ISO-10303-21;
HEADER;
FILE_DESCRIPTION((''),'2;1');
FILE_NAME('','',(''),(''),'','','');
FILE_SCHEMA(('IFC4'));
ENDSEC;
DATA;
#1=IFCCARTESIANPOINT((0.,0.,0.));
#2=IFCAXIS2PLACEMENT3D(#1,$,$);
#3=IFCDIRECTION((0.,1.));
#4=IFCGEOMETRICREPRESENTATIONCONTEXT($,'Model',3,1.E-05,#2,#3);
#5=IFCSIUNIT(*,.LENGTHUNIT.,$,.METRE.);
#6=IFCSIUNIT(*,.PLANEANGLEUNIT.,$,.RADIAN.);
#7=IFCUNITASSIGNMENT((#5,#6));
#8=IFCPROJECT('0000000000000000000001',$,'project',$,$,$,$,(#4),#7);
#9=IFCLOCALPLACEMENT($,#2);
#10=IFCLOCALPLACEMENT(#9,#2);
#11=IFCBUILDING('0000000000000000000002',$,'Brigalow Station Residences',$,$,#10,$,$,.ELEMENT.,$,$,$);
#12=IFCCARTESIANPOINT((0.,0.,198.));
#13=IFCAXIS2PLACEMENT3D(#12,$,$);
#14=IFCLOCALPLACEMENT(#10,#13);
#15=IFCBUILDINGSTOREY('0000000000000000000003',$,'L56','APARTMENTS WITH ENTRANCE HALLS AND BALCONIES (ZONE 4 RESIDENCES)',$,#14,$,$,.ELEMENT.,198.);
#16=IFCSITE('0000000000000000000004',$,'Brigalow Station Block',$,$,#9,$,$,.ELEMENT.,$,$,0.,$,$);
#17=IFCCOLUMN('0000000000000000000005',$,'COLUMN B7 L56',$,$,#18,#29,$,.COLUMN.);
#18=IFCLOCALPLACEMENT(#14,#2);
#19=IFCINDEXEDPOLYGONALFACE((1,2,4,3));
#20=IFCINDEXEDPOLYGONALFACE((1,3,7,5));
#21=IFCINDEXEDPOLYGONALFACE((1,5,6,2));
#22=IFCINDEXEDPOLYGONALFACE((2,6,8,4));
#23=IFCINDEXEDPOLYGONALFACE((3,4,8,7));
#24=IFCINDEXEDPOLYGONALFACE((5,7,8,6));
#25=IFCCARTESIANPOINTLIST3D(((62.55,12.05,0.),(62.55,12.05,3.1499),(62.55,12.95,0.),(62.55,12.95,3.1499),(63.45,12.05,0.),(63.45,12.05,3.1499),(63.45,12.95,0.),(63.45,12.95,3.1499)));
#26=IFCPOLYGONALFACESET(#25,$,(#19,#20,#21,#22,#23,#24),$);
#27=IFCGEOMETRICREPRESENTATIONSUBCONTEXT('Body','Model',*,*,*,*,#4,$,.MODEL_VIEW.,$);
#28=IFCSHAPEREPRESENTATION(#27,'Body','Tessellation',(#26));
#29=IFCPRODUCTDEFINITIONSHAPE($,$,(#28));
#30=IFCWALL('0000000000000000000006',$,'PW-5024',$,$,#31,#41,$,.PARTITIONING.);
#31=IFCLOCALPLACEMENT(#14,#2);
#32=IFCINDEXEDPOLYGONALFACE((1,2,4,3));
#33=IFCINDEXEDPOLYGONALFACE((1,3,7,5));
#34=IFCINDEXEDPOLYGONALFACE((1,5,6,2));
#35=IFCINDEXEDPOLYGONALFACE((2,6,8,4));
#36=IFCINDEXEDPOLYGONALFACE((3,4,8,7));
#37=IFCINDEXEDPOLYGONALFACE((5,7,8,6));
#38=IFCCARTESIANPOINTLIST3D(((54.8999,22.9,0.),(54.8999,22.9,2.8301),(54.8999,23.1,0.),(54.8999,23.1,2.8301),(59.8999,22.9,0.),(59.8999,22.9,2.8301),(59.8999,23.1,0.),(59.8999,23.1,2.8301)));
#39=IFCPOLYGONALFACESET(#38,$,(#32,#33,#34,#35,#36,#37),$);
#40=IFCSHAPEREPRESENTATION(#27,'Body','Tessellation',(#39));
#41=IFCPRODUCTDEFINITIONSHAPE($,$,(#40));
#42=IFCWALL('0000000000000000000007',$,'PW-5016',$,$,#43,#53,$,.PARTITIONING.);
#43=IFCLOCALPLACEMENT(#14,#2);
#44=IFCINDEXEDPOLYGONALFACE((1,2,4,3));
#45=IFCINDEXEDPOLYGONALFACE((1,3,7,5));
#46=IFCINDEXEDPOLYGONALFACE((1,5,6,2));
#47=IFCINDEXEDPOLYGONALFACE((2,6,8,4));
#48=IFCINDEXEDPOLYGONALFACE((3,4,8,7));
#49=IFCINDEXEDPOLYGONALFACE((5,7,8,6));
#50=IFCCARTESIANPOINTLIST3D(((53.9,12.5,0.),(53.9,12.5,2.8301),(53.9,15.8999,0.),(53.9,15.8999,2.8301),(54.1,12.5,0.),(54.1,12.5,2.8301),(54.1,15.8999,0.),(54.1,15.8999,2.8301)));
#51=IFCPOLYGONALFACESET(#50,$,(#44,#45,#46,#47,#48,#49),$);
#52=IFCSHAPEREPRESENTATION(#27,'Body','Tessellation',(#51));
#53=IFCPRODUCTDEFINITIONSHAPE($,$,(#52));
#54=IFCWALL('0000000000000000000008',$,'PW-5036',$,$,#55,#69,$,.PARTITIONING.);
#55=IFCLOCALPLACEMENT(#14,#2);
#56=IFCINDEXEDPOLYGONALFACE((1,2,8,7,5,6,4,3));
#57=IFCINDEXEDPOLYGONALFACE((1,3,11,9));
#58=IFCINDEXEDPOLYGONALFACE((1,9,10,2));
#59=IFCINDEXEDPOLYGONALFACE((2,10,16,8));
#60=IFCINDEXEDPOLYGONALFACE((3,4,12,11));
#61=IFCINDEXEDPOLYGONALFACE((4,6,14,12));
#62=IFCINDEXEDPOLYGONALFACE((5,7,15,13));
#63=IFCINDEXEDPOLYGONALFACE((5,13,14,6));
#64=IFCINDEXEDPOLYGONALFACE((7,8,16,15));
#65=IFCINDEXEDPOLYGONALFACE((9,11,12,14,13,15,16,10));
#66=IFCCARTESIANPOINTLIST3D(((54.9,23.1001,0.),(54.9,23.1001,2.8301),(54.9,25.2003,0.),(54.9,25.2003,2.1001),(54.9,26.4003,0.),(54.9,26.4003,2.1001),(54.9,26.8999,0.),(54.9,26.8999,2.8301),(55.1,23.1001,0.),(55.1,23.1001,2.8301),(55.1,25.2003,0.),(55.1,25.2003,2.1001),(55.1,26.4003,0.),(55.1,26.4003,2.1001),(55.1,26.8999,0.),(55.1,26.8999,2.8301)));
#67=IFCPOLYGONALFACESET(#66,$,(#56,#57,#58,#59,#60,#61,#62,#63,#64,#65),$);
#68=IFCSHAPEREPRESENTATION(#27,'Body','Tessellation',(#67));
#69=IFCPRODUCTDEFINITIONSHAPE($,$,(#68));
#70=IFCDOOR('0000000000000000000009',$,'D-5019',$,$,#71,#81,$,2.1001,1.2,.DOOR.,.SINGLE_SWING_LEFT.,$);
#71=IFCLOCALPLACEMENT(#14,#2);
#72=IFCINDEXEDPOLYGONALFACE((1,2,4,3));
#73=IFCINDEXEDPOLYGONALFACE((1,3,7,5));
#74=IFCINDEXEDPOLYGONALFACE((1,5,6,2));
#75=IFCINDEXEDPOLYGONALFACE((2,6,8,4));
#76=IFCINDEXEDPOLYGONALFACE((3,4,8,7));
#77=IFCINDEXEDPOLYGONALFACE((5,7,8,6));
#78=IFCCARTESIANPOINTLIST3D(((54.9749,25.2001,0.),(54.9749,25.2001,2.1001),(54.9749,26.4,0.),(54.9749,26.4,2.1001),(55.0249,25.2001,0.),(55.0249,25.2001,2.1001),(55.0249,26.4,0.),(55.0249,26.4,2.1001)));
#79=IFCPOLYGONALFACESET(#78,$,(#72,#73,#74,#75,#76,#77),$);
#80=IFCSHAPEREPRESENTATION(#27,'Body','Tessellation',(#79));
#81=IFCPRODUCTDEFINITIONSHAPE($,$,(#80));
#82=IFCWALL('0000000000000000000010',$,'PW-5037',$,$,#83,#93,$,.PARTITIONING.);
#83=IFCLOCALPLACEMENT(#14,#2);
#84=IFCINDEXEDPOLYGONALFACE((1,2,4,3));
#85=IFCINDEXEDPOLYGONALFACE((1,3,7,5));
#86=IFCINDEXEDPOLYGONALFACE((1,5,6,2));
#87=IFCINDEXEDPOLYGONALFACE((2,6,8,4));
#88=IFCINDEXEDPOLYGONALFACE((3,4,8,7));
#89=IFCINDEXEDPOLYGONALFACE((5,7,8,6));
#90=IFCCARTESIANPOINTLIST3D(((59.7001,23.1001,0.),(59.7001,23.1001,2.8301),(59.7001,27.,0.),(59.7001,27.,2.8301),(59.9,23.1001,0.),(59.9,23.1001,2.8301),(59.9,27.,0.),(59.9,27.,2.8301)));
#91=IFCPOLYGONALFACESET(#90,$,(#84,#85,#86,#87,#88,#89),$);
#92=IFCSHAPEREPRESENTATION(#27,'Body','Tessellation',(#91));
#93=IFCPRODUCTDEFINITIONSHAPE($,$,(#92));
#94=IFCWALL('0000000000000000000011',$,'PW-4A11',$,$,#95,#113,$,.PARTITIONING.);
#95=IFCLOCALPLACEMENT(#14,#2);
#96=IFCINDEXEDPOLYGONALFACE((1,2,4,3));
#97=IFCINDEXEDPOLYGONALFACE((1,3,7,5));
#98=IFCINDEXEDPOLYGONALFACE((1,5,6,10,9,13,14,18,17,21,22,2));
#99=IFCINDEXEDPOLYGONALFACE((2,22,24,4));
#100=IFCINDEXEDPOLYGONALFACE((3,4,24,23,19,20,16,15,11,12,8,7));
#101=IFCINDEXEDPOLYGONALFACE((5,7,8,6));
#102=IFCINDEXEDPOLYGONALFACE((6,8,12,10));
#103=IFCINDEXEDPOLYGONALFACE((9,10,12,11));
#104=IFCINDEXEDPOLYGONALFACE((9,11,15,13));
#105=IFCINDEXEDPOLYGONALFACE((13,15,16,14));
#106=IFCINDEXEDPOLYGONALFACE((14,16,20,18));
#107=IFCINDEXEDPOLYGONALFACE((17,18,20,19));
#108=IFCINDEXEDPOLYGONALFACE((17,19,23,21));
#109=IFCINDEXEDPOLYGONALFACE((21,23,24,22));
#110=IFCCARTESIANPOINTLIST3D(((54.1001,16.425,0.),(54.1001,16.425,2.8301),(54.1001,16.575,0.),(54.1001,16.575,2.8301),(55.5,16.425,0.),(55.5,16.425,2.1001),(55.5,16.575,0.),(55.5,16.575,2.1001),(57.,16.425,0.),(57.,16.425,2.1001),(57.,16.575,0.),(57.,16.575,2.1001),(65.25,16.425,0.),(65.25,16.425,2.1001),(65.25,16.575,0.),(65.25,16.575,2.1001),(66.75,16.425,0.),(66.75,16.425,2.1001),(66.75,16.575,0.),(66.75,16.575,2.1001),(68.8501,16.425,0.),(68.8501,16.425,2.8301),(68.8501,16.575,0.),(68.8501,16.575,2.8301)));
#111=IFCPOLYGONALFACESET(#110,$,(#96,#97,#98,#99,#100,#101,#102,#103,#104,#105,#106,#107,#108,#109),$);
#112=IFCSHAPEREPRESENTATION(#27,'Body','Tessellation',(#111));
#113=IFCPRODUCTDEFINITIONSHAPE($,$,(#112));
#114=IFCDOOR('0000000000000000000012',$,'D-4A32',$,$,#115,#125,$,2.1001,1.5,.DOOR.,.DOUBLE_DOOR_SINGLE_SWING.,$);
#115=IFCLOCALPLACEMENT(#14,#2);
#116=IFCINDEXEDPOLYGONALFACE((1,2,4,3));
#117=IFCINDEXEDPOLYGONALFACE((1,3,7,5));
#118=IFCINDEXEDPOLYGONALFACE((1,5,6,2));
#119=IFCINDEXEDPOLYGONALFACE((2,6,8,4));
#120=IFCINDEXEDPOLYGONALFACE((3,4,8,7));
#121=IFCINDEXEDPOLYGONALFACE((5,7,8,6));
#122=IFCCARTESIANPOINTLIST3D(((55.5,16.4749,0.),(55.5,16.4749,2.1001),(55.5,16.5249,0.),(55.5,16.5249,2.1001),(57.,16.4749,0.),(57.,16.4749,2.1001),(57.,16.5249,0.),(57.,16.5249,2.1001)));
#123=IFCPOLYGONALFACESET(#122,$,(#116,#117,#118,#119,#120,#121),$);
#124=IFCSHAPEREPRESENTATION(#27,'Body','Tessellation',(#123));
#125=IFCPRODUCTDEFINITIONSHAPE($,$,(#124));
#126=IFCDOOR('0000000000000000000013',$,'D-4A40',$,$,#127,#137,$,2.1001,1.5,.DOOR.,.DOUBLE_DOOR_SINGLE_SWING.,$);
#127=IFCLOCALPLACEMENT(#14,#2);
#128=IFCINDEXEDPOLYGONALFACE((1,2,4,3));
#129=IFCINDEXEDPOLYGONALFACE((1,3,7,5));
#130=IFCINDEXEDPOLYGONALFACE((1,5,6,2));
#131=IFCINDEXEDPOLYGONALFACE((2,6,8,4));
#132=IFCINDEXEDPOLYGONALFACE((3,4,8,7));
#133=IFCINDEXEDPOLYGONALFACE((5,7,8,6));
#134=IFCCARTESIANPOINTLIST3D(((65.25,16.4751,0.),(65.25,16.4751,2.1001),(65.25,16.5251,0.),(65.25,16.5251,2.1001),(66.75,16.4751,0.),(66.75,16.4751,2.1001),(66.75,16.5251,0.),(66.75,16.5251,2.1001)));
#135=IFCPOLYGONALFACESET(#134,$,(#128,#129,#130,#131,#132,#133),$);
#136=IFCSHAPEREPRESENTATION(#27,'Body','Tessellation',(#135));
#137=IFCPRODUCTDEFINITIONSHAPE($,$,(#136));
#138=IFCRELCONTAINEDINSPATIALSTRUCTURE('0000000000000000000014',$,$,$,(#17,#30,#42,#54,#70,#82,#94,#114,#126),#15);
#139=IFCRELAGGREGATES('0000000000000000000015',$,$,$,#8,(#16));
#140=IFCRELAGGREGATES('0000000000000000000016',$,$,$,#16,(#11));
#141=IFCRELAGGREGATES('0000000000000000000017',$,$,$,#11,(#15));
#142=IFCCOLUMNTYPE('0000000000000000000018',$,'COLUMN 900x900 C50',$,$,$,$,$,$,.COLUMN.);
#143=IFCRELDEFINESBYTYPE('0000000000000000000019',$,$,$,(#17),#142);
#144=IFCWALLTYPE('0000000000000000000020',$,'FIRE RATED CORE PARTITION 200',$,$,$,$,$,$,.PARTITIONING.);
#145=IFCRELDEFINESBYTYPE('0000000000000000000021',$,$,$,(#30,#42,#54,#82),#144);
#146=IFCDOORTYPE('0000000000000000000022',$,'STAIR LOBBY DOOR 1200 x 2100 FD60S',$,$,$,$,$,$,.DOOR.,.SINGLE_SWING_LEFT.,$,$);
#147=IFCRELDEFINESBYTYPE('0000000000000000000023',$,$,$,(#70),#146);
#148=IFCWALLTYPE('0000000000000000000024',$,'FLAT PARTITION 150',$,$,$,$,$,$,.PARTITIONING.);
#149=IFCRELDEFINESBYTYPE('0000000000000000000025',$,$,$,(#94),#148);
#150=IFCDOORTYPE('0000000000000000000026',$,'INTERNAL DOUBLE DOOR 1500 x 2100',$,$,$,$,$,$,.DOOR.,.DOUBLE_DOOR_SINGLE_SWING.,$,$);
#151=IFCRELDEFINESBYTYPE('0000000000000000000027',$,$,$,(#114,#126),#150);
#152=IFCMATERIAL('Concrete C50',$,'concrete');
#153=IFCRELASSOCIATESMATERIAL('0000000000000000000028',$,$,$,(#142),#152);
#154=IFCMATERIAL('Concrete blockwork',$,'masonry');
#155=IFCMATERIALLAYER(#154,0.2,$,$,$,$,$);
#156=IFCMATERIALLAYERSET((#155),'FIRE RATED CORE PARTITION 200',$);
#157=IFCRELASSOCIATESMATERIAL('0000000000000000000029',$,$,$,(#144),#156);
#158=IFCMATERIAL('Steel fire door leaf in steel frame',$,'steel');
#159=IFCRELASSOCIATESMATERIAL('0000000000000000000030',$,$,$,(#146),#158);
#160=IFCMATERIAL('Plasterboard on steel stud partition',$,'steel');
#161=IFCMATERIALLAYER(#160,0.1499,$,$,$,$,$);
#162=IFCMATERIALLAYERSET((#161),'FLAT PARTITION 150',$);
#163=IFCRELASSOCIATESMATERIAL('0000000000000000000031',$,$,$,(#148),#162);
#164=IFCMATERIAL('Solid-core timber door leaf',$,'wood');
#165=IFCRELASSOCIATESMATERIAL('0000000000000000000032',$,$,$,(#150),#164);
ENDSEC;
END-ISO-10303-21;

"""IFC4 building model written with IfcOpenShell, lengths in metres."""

from ifc_helpers import new_model, si_unit, direction, frame, frame_2d, origin, origin_2d, place, context, subcontext, project, spatial, rectangle, extrude, material, layer, layer_set, material_profile, profile_set, type_object, element, fill, save


model = new_model("IFC4")

# Units and contexts
model_context = context("Model", 3, precision=1e-05, world=origin(), true_north=direction((0.0, 1.0)))
body_context = subcontext(model_context, "Body", "Model", "MODEL_VIEW")
ifc_project = project(units=[si_unit("LENGTHUNIT", "METRE"), si_unit("PLANEANGLEUNIT", "RADIAN")], contexts=[model_context])

# Site, building, storey
site_placement = place(None, origin())
site = spatial("IfcSite", under=ifc_project, at=site_placement, Name="Brigalow Station Block", CompositionType="ELEMENT", RefElevation=0.0)
building_placement = place(site_placement, origin())
building = spatial("IfcBuilding", under=site, at=building_placement, Name="Brigalow Station Residences", CompositionType="ELEMENT")
storey_placement = place(building_placement, frame((0.0, 0.0, 198.0)))
storey = spatial("IfcBuildingStorey", under=building, at=storey_placement, Name="L56", Description="APARTMENTS WITH ENTRANCE HALLS AND BALCONIES (ZONE 4 RESIDENCES)", CompositionType="ELEMENT", Elevation=198.0)

# Column
ifc_material_1 = material(Name="Concrete C50", Category="concrete")
ifc_material_profile = material_profile(ifc_material_1, rectangle(XDim=0.8999, YDim=0.8999, at=origin_2d()), Name="RC900x900")
ifc_profile_set = profile_set([ifc_material_profile], Name="Concrete C50")
column_type = type_object("IfcColumnType", Name="COLUMN 900x900 C50", PredefinedType="COLUMN", material=ifc_profile_set)
column_placement = place(storey_placement, frame((63.0, 12.5, 0.0), z_axis=(0.0, 0.0, 1.0), x_axis=(1.0, 0.0, 0.0)))
element("IfcColumn", 1, at=column_placement, inside=storey, type_object=column_type, Name="COLUMN B7 L56", PredefinedType="COLUMN", context=body_context, shape_type="SweptSolid", body=[
    extrude(rectangle(XDim=0.8999, YDim=0.8999, at=origin_2d()), origin(), (0.0, 0.0, 1.0), 3.1499),
])

# Walls
ifc_material_2 = material(Name="Concrete blockwork", Category="masonry")
ifc_layer_1 = layer(ifc_material_2, 0.2)
ifc_layer_set_1 = layer_set([ifc_layer_1], Name="FIRE RATED CORE PARTITION 200")
wall_type_1 = type_object("IfcWallType", Name="FIRE RATED CORE PARTITION 200", PredefinedType="PARTITIONING", material=ifc_layer_set_1)
wall_1_placement = place(storey_placement, frame((54.8999, 23.0, 0.0), z_axis=(0.0, 0.0, 1.0), x_axis=(1.0, 0.0, 0.0)))
element("IfcWall", 2, at=wall_1_placement, inside=storey, type_object=wall_type_1, Name="PW-5024", PredefinedType="PARTITIONING", context=body_context, shape_type="SweptSolid", body=[
    extrude(rectangle(XDim=5.0, YDim=0.2, at=frame_2d((2.5, 0.0))), origin(), (0.0, 0.0, 1.0), 2.8301),
])
wall_2_placement = place(storey_placement, frame((54.0, 12.5, 0.0), z_axis=(0.0, 0.0, 1.0), x_axis=(0.0, 1.0, 0.0)))
element("IfcWall", 3, at=wall_2_placement, inside=storey, type_object=wall_type_1, Name="PW-5016", PredefinedType="PARTITIONING", context=body_context, shape_type="SweptSolid", body=[
    extrude(rectangle(XDim=3.3999, YDim=0.2, at=frame_2d((1.7, 0.0))), origin(), (0.0, 0.0, 1.0), 2.8301),
])

# Wall, opening, door
wall_3_placement = place(storey_placement, frame((55.0, 23.1001, 0.0), z_axis=(0.0, 0.0, 1.0), x_axis=(0.0, 1.0, 0.0)))
wall_3 = element("IfcWall", 4, at=wall_3_placement, inside=storey, type_object=wall_type_1, Name="PW-5036", PredefinedType="PARTITIONING", context=body_context, shape_type="SweptSolid", body=[
    extrude(rectangle(XDim=3.7998, YDim=0.2, at=frame_2d((1.8999, 0.0))), origin(), (0.0, 0.0, 1.0), 2.8301),
])
opening_1_placement = place(wall_3_placement, frame((2.1001, 0.0, 0.0)))
opening_1 = element("IfcOpeningElement", 5, at=opening_1_placement, cuts=wall_3, PredefinedType="OPENING", context=body_context, shape_type="SweptSolid", body=[
    extrude(rectangle(XDim=1.2, YDim=2.1001, at=frame_2d((0.6001, 1.05))), frame((0.0, 0.1099, 0.0), z_axis=(0.0, -1.0, 0.0), x_axis=(1.0, 0.0, 0.0)), (0.0, 0.0, 1.0), 0.22),
])
ifc_material_3 = material(Name="Steel fire door leaf in steel frame", Category="steel")
door_type_1 = type_object("IfcDoorType", Name="STAIR LOBBY DOOR 1200 x 2100 FD60S", OperationType="SINGLE_SWING_LEFT", PredefinedType="DOOR", material=ifc_material_3)
door_1_placement = place(opening_1_placement, frame((1.2, 0.0, 0.0), z_axis=(0.0, 0.0, 1.0), x_axis=(-1.0, 0.0, 0.0)))
door_1 = element("IfcDoor", 6, at=door_1_placement, inside=storey, type_object=door_type_1, Name="D-5019", OperationType="SINGLE_SWING_LEFT", OverallHeight=2.1001, OverallWidth=1.2, PredefinedType="DOOR", context=body_context, shape_type="SweptSolid", body=[
    extrude(rectangle(XDim=1.2, YDim=2.1001, at=frame_2d((0.6001, 1.05))), frame((0.0, 0.0249, 0.0), z_axis=(0.0, -1.0, 0.0), x_axis=(1.0, 0.0, 0.0)), (0.0, 0.0, 1.0), 0.05),
])
fill(opening_1, door_1)

# Wall
wall_4_placement = place(storey_placement, frame((59.8, 23.1001, 0.0), z_axis=(0.0, 0.0, 1.0), x_axis=(0.0, 1.0, 0.0)))
element("IfcWall", 7, at=wall_4_placement, inside=storey, type_object=wall_type_1, Name="PW-5037", PredefinedType="PARTITIONING", context=body_context, shape_type="SweptSolid", body=[
    extrude(rectangle(XDim=3.8999, YDim=0.2, at=frame_2d((1.95, 0.0))), origin(), (0.0, 0.0, 1.0), 2.8301),
])

# Wall, openings, doors
ifc_material_4 = material(Name="Plasterboard on steel stud partition", Category="steel")
ifc_layer_2 = layer(ifc_material_4, 0.1499)
ifc_layer_set_2 = layer_set([ifc_layer_2], Name="FLAT PARTITION 150")
wall_type_2 = type_object("IfcWallType", Name="FLAT PARTITION 150", PredefinedType="PARTITIONING", material=ifc_layer_set_2)
wall_5_placement = place(storey_placement, frame((54.1001, 16.5, 0.0), z_axis=(0.0, 0.0, 1.0), x_axis=(1.0, 0.0, 0.0)))
wall_5 = element("IfcWall", 8, at=wall_5_placement, inside=storey, type_object=wall_type_2, Name="PW-4A11", PredefinedType="PARTITIONING", context=body_context, shape_type="SweptSolid", body=[
    extrude(rectangle(XDim=14.75, YDim=0.1499, at=frame_2d((7.375, 0.0))), origin(), (0.0, 0.0, 1.0), 2.8301),
])
opening_2_placement = place(wall_5_placement, frame((1.3999, 0.0, 0.0)))
opening_2 = element("IfcOpeningElement", 9, at=opening_2_placement, cuts=wall_5, PredefinedType="OPENING", context=body_context, shape_type="SweptSolid", body=[
    extrude(rectangle(XDim=1.5, YDim=2.1001, at=frame_2d((0.75, 1.05))), frame((0.0, 0.085, 0.0), z_axis=(0.0, -1.0, 0.0), x_axis=(1.0, 0.0, 0.0)), (0.0, 0.0, 1.0), 0.1699),
])
opening_3_placement = place(wall_5_placement, frame((11.1499, 0.0, 0.0)))
opening_3 = element("IfcOpeningElement", 10, at=opening_3_placement, cuts=wall_5, PredefinedType="OPENING", context=body_context, shape_type="SweptSolid", body=[
    extrude(rectangle(XDim=1.5, YDim=2.1001, at=frame_2d((0.75, 1.05))), frame((0.0, 0.085, 0.0), z_axis=(0.0, -1.0, 0.0), x_axis=(1.0, 0.0, 0.0)), (0.0, 0.0, 1.0), 0.1699),
])
ifc_material_5 = material(Name="Solid-core timber door leaf", Category="wood")
door_type_2 = type_object("IfcDoorType", Name="INTERNAL DOUBLE DOOR 1500 x 2100", OperationType="DOUBLE_DOOR_SINGLE_SWING", PredefinedType="DOOR", material=ifc_material_5)
door_2_placement = place(opening_2_placement, origin())
door_2 = element("IfcDoor", 11, at=door_2_placement, inside=storey, type_object=door_type_2, Name="D-4A32", OperationType="DOUBLE_DOOR_SINGLE_SWING", OverallHeight=2.1001, OverallWidth=1.5, PredefinedType="DOOR", context=body_context, shape_type="SweptSolid", body=[
    extrude(rectangle(XDim=1.5, YDim=2.1001, at=frame_2d((0.75, 1.05))), frame((0.0, 0.0249, 0.0), z_axis=(0.0, -1.0, 0.0), x_axis=(1.0, 0.0, 0.0)), (0.0, 0.0, 1.0), 0.05),
])
fill(opening_2, door_2)
door_3_placement = place(opening_3_placement, frame((1.5, 0.0, 0.0), z_axis=(0.0, 0.0, 1.0), x_axis=(-1.0, 0.0, 0.0)))
door_3 = element("IfcDoor", 12, at=door_3_placement, inside=storey, type_object=door_type_2, Name="D-4A40", OperationType="DOUBLE_DOOR_SINGLE_SWING", OverallHeight=2.1001, OverallWidth=1.5, PredefinedType="DOOR", context=body_context, shape_type="SweptSolid", body=[
    extrude(rectangle(XDim=1.5, YDim=2.1001, at=frame_2d((0.75, 1.05))), frame((0.0, 0.0249, 0.0), z_axis=(0.0, -1.0, 0.0), x_axis=(1.0, 0.0, 0.0)), (0.0, 0.0, 1.0), 0.05),
])
fill(opening_3, door_3)

save(model, "model.ifc")
